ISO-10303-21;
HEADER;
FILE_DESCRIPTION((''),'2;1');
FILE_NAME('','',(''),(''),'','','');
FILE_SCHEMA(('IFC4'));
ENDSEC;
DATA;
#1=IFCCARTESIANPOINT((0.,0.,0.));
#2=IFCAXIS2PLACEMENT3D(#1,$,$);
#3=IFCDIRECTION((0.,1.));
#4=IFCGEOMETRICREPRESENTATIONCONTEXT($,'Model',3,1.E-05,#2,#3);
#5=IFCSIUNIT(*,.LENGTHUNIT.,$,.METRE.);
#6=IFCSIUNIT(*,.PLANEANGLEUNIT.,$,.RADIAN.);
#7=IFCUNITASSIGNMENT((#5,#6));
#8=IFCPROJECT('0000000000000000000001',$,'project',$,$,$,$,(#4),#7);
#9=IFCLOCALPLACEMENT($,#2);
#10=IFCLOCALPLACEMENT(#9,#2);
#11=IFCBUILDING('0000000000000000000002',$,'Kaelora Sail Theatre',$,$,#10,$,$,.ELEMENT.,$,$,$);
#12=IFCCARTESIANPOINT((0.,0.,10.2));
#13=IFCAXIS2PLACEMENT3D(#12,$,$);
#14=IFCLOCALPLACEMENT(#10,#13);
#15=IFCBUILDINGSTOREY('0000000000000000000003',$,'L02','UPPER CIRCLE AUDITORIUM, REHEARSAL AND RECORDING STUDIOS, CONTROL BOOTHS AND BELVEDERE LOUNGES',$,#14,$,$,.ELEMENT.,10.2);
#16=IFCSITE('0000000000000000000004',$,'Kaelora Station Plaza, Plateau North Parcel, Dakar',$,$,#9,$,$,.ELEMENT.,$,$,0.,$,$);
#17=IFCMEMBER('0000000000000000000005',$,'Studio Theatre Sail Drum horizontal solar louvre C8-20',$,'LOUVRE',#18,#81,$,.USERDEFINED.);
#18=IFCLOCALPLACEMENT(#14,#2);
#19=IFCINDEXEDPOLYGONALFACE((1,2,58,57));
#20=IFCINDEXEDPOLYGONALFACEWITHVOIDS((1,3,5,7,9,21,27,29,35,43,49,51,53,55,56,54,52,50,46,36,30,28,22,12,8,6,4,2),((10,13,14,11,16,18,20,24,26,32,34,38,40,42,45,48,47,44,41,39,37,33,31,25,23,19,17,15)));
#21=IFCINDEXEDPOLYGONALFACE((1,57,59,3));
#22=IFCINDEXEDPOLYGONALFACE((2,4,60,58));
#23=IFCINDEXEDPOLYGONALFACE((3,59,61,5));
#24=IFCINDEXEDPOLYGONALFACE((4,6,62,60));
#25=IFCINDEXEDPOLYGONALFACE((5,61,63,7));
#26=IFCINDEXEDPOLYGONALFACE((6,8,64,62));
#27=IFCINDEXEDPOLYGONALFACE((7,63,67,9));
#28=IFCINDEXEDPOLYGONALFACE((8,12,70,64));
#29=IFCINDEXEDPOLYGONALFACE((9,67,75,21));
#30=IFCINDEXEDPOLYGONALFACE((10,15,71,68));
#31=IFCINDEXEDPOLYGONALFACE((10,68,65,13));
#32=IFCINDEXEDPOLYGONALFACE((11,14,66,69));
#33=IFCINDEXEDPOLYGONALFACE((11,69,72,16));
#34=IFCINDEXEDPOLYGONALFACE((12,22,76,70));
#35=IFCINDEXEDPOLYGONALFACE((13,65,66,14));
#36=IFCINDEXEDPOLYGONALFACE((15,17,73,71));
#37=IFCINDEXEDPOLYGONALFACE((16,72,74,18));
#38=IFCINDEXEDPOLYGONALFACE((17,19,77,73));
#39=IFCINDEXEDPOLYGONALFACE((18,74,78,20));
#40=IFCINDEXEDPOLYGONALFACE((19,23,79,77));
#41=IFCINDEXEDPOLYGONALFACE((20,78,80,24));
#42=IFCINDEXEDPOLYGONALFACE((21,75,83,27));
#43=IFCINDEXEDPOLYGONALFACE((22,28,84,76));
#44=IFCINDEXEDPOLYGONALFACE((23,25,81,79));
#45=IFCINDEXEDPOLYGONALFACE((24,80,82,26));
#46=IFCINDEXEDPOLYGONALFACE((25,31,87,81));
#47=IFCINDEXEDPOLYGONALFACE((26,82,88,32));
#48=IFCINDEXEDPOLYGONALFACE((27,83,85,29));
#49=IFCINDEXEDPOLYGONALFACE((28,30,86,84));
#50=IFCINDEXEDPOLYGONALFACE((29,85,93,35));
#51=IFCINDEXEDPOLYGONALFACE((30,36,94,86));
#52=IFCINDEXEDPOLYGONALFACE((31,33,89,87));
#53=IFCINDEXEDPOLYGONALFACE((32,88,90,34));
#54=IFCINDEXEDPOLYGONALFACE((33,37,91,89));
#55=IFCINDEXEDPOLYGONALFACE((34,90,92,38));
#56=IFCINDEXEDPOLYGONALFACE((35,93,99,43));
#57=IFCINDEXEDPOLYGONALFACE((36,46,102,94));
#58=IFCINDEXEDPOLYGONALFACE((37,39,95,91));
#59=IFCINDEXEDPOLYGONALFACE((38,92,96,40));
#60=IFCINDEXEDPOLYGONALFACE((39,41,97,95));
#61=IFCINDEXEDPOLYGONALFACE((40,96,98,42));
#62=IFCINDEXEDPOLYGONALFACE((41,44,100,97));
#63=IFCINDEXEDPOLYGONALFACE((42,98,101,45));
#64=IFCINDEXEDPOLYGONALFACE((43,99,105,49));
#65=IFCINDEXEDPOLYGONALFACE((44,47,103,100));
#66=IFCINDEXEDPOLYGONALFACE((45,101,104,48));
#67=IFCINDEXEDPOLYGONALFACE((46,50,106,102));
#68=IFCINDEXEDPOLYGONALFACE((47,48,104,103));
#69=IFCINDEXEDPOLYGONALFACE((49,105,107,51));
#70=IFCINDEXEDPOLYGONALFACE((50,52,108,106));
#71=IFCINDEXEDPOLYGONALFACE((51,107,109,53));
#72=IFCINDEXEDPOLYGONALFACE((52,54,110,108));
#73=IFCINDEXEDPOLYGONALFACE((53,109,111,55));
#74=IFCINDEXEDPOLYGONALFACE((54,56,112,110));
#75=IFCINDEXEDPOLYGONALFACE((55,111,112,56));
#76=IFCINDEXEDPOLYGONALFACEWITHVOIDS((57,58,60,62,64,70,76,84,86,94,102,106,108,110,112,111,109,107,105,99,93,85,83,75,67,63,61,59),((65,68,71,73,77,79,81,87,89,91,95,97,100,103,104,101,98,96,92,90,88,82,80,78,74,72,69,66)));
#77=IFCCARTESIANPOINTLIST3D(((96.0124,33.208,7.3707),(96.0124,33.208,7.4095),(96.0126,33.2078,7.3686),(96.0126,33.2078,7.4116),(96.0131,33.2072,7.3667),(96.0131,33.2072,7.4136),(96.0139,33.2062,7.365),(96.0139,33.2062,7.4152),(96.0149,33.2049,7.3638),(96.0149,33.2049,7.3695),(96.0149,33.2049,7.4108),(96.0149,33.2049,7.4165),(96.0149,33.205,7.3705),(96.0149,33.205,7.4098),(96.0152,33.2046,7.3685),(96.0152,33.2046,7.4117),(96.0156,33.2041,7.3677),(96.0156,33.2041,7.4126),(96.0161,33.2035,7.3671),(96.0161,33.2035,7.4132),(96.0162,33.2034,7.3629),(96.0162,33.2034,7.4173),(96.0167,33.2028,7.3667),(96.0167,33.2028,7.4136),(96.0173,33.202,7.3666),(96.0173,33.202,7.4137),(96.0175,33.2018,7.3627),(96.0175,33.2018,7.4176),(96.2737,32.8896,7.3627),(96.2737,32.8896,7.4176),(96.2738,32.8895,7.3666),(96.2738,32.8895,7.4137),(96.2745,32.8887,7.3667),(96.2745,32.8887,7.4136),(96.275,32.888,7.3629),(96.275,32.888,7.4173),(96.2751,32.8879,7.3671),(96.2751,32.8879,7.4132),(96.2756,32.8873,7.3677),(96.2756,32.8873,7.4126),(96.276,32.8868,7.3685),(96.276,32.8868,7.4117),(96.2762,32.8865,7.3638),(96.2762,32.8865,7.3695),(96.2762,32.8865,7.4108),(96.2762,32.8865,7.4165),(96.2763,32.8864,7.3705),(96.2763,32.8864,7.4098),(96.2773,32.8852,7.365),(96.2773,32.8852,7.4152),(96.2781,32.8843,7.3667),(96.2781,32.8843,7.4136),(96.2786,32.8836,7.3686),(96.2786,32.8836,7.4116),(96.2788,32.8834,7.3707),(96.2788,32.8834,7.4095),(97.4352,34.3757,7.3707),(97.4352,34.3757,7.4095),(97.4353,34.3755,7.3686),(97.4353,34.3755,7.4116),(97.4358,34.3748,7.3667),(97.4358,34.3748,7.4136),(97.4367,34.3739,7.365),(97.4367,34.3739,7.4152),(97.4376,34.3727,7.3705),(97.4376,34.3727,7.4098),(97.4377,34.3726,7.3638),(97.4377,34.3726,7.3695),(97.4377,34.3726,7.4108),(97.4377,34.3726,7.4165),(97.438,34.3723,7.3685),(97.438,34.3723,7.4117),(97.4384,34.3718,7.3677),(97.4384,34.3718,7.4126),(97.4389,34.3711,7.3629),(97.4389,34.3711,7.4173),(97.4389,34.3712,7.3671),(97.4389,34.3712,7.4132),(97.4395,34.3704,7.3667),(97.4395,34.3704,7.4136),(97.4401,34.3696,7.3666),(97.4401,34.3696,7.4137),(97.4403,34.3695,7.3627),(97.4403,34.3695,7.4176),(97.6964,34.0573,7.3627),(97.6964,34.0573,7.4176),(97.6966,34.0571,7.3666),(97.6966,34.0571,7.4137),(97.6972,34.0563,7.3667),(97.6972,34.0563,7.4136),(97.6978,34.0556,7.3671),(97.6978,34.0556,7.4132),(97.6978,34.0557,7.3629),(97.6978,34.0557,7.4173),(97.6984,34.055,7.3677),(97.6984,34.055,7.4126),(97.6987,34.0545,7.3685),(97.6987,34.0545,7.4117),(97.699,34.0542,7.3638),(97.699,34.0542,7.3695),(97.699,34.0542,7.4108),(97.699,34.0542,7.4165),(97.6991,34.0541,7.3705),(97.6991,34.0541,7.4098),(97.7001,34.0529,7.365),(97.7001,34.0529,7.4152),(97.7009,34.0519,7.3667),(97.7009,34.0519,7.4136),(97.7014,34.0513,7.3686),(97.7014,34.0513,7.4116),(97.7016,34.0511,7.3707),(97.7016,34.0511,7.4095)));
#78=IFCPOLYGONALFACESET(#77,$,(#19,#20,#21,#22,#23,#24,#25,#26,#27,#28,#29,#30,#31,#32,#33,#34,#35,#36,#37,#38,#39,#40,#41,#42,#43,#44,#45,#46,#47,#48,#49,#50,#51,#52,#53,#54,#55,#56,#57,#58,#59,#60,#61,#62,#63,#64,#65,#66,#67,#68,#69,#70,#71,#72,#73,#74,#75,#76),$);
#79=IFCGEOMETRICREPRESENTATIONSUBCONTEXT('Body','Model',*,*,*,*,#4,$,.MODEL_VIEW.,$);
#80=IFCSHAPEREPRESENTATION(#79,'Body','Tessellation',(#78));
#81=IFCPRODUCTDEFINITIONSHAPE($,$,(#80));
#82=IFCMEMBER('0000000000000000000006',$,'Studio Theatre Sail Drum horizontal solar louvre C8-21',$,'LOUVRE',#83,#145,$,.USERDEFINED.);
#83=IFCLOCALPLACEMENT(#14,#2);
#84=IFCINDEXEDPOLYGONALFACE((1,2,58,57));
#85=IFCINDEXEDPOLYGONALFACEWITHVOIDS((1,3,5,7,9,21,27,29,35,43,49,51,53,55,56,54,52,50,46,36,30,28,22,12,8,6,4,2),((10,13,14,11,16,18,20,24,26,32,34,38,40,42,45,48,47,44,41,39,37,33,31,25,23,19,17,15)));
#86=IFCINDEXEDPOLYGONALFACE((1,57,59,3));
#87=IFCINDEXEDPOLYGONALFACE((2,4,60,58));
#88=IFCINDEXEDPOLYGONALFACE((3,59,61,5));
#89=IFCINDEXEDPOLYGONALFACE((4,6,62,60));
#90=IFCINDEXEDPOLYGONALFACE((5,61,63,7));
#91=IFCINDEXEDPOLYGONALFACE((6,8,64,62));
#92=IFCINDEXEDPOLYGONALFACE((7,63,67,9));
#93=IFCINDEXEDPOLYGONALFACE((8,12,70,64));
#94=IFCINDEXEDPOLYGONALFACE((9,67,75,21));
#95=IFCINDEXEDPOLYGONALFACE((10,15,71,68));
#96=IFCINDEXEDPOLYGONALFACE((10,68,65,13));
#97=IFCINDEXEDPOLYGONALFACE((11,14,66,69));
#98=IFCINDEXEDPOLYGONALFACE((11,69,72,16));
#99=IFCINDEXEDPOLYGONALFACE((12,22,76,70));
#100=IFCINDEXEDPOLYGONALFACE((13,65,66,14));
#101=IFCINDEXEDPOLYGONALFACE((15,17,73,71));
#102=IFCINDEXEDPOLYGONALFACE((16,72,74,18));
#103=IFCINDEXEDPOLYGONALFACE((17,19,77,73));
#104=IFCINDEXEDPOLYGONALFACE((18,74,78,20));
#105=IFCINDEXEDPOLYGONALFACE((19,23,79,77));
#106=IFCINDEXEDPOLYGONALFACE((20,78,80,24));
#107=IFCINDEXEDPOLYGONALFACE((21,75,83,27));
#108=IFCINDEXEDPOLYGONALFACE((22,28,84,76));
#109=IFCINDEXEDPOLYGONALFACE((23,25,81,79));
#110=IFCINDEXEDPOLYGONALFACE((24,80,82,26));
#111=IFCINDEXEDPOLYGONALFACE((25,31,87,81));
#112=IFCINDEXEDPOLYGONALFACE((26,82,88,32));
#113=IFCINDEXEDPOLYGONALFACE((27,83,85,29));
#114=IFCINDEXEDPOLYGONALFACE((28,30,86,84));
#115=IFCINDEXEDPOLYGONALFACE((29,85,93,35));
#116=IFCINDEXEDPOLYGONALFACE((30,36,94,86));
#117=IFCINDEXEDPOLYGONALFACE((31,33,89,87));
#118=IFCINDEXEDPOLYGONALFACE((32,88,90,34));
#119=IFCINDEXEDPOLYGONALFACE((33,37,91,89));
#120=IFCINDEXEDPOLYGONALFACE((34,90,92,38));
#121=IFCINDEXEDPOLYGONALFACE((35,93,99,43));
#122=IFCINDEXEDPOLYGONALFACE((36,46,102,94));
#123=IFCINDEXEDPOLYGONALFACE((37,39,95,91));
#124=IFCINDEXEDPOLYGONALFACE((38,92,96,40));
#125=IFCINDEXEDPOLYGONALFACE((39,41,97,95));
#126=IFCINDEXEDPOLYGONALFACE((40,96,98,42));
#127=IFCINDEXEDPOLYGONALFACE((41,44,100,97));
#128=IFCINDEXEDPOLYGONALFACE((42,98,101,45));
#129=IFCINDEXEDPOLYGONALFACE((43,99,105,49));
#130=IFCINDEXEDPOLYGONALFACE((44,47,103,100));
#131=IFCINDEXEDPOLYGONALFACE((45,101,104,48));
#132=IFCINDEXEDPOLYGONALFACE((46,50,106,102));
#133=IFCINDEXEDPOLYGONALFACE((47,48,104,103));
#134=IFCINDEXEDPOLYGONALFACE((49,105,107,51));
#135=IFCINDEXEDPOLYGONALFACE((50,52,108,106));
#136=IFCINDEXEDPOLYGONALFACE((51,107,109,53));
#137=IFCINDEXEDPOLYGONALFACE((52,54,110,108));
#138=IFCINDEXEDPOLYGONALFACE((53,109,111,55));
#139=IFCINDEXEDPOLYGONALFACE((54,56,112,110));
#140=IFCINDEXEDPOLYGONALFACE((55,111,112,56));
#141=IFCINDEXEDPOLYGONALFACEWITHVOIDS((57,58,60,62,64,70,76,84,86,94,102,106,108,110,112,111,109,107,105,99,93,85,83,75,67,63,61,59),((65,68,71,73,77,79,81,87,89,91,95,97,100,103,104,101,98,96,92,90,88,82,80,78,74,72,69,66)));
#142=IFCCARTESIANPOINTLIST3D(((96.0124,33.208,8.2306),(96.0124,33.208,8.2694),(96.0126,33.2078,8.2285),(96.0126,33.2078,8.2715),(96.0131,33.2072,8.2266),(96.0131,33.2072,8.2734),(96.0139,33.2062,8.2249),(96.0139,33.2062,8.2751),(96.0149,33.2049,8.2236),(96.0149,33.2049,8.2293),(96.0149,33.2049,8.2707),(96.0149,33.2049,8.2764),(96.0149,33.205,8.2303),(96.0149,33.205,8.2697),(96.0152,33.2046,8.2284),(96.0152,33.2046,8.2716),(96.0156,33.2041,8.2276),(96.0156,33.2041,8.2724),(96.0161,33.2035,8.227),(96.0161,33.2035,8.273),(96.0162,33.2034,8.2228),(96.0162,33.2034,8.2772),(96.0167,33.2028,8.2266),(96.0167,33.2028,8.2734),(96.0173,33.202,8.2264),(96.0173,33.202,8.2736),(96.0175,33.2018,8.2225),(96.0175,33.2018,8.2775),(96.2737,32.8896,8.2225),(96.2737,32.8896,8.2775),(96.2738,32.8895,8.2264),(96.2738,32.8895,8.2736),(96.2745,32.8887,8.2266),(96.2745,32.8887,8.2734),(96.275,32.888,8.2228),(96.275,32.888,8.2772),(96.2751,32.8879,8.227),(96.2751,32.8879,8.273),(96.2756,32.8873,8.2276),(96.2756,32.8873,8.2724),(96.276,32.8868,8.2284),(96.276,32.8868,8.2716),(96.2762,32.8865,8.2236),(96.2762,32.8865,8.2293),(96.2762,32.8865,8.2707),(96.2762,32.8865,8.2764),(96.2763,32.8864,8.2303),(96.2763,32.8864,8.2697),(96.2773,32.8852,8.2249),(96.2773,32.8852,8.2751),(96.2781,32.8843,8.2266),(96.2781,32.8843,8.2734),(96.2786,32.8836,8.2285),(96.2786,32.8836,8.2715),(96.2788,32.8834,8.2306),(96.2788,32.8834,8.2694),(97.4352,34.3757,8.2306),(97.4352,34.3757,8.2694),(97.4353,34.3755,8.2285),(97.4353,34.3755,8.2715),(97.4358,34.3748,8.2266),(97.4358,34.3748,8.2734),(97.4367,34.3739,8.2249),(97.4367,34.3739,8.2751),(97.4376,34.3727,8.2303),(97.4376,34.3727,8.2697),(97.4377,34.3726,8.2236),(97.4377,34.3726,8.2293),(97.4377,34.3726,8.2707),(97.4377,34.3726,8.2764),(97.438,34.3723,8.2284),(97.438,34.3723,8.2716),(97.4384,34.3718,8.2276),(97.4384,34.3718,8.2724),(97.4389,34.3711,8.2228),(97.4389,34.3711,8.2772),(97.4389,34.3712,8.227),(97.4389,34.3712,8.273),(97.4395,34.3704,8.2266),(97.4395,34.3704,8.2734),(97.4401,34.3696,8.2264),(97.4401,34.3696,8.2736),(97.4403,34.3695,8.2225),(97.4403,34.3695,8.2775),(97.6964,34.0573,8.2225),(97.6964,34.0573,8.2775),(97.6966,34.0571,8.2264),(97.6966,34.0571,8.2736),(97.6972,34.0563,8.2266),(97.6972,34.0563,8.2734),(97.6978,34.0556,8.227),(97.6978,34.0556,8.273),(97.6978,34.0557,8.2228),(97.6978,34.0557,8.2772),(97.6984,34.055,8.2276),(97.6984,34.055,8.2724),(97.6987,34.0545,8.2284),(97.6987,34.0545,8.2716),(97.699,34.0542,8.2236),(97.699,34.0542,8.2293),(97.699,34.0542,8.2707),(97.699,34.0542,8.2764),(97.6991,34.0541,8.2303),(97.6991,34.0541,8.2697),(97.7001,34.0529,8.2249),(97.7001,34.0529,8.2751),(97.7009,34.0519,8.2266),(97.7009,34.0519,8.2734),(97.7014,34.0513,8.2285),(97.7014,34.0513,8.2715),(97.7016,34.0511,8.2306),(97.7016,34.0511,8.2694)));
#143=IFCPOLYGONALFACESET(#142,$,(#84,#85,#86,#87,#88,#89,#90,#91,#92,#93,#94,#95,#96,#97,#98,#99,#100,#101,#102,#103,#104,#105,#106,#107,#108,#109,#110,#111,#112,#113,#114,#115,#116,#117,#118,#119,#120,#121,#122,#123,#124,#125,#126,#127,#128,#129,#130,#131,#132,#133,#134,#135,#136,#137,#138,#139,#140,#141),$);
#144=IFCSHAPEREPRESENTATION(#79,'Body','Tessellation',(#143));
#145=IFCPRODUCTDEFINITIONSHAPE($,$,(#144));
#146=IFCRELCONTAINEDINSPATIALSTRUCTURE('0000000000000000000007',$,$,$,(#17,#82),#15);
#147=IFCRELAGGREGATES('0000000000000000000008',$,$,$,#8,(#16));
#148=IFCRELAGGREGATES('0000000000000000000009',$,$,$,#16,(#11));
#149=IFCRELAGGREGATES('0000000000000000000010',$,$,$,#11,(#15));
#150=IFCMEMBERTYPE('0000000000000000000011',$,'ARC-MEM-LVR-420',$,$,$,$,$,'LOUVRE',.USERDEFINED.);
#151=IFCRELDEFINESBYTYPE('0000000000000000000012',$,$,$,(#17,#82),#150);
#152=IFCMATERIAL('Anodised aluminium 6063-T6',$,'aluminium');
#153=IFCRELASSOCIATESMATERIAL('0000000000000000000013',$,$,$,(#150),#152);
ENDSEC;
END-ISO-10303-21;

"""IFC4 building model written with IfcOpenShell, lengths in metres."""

from ifc_helpers import new_model, si_unit, direction, frame, origin, origin_2d, place, context, subcontext, project, spatial, hollow_rectangle, extrude, material, material_profile, profile_set, type_object, element, save


model = new_model("IFC4")

# Units and contexts
model_context = context("Model", 3, precision=1e-05, world=origin(), true_north=direction((0.0, 1.0)))
body_context = subcontext(model_context, "Body", "Model", "MODEL_VIEW")
ifc_project = project(units=[si_unit("LENGTHUNIT", "METRE"), si_unit("PLANEANGLEUNIT", "RADIAN")], contexts=[model_context])

# Site, building, storey
site_placement = place(None, origin())
site = spatial("IfcSite", under=ifc_project, at=site_placement, Name="Kaelora Station Plaza, Plateau North Parcel, Dakar", CompositionType="ELEMENT", RefElevation=0.0)
building_placement = place(site_placement, origin())
building = spatial("IfcBuilding", under=site, at=building_placement, Name="Kaelora Sail Theatre", CompositionType="ELEMENT")
storey_placement = place(building_placement, frame((0.0, 0.0, 10.2)))
storey = spatial("IfcBuildingStorey", under=building, at=storey_placement, Name="L02", Description="UPPER CIRCLE AUDITORIUM, REHEARSAL AND RECORDING STUDIOS, CONTROL BOOTHS AND BELVEDERE LOUNGES", CompositionType="ELEMENT", Elevation=10.2)

# Members
ifc_material_1 = material(Name="Anodised aluminium 6063-T6", Category="aluminium")
ifc_material_profile_1 = material_profile(ifc_material_1, hollow_rectangle(XDim=0.4199, YDim=0.0549, WallThickness=0.0039, InnerFilletRadius=0.0039, OuterFilletRadius=0.0081, at=origin_2d()), Name="LOUVRE 420x55x4")
ifc_profile_set_1 = profile_set([ifc_material_profile_1], Name="Anodised aluminium 6063-T6")
member_type = type_object("IfcMemberType", Name="ARC-MEM-LVR-420", ElementType="LOUVRE", PredefinedType="USERDEFINED", material=ifc_profile_set_1)
for number, where, z_axis, x_axis, name in (
    (1, (97.5684, 34.2134, 7.3901), (-0.773005, -0.6344, 0.0), (0.6344, -0.773005, 0.0), "Studio Theatre Sail Drum horizontal solar louvre C8-20"),
    (2, (97.5684, 34.2134, 8.25), (-0.773005, -0.6344, 0.0), (0.6344, -0.773005, 0.0), "Studio Theatre Sail Drum horizontal solar louvre C8-21"),
):
    element("IfcMember", number, at=place(storey_placement, frame(where, z_axis=z_axis, x_axis=x_axis)), inside=storey, type_object=member_type, Name=name, ObjectType="LOUVRE", PredefinedType="USERDEFINED", context=body_context, shape_type="SweptSolid", body=[
        extrude(hollow_rectangle(XDim=0.4199, YDim=0.0549, WallThickness=0.0039, InnerFilletRadius=0.0039, OuterFilletRadius=0.0081, at=origin_2d()), origin(), (0.0, 0.0, 1.0), 1.8406),
    ])

save(model, "model.ifc")
